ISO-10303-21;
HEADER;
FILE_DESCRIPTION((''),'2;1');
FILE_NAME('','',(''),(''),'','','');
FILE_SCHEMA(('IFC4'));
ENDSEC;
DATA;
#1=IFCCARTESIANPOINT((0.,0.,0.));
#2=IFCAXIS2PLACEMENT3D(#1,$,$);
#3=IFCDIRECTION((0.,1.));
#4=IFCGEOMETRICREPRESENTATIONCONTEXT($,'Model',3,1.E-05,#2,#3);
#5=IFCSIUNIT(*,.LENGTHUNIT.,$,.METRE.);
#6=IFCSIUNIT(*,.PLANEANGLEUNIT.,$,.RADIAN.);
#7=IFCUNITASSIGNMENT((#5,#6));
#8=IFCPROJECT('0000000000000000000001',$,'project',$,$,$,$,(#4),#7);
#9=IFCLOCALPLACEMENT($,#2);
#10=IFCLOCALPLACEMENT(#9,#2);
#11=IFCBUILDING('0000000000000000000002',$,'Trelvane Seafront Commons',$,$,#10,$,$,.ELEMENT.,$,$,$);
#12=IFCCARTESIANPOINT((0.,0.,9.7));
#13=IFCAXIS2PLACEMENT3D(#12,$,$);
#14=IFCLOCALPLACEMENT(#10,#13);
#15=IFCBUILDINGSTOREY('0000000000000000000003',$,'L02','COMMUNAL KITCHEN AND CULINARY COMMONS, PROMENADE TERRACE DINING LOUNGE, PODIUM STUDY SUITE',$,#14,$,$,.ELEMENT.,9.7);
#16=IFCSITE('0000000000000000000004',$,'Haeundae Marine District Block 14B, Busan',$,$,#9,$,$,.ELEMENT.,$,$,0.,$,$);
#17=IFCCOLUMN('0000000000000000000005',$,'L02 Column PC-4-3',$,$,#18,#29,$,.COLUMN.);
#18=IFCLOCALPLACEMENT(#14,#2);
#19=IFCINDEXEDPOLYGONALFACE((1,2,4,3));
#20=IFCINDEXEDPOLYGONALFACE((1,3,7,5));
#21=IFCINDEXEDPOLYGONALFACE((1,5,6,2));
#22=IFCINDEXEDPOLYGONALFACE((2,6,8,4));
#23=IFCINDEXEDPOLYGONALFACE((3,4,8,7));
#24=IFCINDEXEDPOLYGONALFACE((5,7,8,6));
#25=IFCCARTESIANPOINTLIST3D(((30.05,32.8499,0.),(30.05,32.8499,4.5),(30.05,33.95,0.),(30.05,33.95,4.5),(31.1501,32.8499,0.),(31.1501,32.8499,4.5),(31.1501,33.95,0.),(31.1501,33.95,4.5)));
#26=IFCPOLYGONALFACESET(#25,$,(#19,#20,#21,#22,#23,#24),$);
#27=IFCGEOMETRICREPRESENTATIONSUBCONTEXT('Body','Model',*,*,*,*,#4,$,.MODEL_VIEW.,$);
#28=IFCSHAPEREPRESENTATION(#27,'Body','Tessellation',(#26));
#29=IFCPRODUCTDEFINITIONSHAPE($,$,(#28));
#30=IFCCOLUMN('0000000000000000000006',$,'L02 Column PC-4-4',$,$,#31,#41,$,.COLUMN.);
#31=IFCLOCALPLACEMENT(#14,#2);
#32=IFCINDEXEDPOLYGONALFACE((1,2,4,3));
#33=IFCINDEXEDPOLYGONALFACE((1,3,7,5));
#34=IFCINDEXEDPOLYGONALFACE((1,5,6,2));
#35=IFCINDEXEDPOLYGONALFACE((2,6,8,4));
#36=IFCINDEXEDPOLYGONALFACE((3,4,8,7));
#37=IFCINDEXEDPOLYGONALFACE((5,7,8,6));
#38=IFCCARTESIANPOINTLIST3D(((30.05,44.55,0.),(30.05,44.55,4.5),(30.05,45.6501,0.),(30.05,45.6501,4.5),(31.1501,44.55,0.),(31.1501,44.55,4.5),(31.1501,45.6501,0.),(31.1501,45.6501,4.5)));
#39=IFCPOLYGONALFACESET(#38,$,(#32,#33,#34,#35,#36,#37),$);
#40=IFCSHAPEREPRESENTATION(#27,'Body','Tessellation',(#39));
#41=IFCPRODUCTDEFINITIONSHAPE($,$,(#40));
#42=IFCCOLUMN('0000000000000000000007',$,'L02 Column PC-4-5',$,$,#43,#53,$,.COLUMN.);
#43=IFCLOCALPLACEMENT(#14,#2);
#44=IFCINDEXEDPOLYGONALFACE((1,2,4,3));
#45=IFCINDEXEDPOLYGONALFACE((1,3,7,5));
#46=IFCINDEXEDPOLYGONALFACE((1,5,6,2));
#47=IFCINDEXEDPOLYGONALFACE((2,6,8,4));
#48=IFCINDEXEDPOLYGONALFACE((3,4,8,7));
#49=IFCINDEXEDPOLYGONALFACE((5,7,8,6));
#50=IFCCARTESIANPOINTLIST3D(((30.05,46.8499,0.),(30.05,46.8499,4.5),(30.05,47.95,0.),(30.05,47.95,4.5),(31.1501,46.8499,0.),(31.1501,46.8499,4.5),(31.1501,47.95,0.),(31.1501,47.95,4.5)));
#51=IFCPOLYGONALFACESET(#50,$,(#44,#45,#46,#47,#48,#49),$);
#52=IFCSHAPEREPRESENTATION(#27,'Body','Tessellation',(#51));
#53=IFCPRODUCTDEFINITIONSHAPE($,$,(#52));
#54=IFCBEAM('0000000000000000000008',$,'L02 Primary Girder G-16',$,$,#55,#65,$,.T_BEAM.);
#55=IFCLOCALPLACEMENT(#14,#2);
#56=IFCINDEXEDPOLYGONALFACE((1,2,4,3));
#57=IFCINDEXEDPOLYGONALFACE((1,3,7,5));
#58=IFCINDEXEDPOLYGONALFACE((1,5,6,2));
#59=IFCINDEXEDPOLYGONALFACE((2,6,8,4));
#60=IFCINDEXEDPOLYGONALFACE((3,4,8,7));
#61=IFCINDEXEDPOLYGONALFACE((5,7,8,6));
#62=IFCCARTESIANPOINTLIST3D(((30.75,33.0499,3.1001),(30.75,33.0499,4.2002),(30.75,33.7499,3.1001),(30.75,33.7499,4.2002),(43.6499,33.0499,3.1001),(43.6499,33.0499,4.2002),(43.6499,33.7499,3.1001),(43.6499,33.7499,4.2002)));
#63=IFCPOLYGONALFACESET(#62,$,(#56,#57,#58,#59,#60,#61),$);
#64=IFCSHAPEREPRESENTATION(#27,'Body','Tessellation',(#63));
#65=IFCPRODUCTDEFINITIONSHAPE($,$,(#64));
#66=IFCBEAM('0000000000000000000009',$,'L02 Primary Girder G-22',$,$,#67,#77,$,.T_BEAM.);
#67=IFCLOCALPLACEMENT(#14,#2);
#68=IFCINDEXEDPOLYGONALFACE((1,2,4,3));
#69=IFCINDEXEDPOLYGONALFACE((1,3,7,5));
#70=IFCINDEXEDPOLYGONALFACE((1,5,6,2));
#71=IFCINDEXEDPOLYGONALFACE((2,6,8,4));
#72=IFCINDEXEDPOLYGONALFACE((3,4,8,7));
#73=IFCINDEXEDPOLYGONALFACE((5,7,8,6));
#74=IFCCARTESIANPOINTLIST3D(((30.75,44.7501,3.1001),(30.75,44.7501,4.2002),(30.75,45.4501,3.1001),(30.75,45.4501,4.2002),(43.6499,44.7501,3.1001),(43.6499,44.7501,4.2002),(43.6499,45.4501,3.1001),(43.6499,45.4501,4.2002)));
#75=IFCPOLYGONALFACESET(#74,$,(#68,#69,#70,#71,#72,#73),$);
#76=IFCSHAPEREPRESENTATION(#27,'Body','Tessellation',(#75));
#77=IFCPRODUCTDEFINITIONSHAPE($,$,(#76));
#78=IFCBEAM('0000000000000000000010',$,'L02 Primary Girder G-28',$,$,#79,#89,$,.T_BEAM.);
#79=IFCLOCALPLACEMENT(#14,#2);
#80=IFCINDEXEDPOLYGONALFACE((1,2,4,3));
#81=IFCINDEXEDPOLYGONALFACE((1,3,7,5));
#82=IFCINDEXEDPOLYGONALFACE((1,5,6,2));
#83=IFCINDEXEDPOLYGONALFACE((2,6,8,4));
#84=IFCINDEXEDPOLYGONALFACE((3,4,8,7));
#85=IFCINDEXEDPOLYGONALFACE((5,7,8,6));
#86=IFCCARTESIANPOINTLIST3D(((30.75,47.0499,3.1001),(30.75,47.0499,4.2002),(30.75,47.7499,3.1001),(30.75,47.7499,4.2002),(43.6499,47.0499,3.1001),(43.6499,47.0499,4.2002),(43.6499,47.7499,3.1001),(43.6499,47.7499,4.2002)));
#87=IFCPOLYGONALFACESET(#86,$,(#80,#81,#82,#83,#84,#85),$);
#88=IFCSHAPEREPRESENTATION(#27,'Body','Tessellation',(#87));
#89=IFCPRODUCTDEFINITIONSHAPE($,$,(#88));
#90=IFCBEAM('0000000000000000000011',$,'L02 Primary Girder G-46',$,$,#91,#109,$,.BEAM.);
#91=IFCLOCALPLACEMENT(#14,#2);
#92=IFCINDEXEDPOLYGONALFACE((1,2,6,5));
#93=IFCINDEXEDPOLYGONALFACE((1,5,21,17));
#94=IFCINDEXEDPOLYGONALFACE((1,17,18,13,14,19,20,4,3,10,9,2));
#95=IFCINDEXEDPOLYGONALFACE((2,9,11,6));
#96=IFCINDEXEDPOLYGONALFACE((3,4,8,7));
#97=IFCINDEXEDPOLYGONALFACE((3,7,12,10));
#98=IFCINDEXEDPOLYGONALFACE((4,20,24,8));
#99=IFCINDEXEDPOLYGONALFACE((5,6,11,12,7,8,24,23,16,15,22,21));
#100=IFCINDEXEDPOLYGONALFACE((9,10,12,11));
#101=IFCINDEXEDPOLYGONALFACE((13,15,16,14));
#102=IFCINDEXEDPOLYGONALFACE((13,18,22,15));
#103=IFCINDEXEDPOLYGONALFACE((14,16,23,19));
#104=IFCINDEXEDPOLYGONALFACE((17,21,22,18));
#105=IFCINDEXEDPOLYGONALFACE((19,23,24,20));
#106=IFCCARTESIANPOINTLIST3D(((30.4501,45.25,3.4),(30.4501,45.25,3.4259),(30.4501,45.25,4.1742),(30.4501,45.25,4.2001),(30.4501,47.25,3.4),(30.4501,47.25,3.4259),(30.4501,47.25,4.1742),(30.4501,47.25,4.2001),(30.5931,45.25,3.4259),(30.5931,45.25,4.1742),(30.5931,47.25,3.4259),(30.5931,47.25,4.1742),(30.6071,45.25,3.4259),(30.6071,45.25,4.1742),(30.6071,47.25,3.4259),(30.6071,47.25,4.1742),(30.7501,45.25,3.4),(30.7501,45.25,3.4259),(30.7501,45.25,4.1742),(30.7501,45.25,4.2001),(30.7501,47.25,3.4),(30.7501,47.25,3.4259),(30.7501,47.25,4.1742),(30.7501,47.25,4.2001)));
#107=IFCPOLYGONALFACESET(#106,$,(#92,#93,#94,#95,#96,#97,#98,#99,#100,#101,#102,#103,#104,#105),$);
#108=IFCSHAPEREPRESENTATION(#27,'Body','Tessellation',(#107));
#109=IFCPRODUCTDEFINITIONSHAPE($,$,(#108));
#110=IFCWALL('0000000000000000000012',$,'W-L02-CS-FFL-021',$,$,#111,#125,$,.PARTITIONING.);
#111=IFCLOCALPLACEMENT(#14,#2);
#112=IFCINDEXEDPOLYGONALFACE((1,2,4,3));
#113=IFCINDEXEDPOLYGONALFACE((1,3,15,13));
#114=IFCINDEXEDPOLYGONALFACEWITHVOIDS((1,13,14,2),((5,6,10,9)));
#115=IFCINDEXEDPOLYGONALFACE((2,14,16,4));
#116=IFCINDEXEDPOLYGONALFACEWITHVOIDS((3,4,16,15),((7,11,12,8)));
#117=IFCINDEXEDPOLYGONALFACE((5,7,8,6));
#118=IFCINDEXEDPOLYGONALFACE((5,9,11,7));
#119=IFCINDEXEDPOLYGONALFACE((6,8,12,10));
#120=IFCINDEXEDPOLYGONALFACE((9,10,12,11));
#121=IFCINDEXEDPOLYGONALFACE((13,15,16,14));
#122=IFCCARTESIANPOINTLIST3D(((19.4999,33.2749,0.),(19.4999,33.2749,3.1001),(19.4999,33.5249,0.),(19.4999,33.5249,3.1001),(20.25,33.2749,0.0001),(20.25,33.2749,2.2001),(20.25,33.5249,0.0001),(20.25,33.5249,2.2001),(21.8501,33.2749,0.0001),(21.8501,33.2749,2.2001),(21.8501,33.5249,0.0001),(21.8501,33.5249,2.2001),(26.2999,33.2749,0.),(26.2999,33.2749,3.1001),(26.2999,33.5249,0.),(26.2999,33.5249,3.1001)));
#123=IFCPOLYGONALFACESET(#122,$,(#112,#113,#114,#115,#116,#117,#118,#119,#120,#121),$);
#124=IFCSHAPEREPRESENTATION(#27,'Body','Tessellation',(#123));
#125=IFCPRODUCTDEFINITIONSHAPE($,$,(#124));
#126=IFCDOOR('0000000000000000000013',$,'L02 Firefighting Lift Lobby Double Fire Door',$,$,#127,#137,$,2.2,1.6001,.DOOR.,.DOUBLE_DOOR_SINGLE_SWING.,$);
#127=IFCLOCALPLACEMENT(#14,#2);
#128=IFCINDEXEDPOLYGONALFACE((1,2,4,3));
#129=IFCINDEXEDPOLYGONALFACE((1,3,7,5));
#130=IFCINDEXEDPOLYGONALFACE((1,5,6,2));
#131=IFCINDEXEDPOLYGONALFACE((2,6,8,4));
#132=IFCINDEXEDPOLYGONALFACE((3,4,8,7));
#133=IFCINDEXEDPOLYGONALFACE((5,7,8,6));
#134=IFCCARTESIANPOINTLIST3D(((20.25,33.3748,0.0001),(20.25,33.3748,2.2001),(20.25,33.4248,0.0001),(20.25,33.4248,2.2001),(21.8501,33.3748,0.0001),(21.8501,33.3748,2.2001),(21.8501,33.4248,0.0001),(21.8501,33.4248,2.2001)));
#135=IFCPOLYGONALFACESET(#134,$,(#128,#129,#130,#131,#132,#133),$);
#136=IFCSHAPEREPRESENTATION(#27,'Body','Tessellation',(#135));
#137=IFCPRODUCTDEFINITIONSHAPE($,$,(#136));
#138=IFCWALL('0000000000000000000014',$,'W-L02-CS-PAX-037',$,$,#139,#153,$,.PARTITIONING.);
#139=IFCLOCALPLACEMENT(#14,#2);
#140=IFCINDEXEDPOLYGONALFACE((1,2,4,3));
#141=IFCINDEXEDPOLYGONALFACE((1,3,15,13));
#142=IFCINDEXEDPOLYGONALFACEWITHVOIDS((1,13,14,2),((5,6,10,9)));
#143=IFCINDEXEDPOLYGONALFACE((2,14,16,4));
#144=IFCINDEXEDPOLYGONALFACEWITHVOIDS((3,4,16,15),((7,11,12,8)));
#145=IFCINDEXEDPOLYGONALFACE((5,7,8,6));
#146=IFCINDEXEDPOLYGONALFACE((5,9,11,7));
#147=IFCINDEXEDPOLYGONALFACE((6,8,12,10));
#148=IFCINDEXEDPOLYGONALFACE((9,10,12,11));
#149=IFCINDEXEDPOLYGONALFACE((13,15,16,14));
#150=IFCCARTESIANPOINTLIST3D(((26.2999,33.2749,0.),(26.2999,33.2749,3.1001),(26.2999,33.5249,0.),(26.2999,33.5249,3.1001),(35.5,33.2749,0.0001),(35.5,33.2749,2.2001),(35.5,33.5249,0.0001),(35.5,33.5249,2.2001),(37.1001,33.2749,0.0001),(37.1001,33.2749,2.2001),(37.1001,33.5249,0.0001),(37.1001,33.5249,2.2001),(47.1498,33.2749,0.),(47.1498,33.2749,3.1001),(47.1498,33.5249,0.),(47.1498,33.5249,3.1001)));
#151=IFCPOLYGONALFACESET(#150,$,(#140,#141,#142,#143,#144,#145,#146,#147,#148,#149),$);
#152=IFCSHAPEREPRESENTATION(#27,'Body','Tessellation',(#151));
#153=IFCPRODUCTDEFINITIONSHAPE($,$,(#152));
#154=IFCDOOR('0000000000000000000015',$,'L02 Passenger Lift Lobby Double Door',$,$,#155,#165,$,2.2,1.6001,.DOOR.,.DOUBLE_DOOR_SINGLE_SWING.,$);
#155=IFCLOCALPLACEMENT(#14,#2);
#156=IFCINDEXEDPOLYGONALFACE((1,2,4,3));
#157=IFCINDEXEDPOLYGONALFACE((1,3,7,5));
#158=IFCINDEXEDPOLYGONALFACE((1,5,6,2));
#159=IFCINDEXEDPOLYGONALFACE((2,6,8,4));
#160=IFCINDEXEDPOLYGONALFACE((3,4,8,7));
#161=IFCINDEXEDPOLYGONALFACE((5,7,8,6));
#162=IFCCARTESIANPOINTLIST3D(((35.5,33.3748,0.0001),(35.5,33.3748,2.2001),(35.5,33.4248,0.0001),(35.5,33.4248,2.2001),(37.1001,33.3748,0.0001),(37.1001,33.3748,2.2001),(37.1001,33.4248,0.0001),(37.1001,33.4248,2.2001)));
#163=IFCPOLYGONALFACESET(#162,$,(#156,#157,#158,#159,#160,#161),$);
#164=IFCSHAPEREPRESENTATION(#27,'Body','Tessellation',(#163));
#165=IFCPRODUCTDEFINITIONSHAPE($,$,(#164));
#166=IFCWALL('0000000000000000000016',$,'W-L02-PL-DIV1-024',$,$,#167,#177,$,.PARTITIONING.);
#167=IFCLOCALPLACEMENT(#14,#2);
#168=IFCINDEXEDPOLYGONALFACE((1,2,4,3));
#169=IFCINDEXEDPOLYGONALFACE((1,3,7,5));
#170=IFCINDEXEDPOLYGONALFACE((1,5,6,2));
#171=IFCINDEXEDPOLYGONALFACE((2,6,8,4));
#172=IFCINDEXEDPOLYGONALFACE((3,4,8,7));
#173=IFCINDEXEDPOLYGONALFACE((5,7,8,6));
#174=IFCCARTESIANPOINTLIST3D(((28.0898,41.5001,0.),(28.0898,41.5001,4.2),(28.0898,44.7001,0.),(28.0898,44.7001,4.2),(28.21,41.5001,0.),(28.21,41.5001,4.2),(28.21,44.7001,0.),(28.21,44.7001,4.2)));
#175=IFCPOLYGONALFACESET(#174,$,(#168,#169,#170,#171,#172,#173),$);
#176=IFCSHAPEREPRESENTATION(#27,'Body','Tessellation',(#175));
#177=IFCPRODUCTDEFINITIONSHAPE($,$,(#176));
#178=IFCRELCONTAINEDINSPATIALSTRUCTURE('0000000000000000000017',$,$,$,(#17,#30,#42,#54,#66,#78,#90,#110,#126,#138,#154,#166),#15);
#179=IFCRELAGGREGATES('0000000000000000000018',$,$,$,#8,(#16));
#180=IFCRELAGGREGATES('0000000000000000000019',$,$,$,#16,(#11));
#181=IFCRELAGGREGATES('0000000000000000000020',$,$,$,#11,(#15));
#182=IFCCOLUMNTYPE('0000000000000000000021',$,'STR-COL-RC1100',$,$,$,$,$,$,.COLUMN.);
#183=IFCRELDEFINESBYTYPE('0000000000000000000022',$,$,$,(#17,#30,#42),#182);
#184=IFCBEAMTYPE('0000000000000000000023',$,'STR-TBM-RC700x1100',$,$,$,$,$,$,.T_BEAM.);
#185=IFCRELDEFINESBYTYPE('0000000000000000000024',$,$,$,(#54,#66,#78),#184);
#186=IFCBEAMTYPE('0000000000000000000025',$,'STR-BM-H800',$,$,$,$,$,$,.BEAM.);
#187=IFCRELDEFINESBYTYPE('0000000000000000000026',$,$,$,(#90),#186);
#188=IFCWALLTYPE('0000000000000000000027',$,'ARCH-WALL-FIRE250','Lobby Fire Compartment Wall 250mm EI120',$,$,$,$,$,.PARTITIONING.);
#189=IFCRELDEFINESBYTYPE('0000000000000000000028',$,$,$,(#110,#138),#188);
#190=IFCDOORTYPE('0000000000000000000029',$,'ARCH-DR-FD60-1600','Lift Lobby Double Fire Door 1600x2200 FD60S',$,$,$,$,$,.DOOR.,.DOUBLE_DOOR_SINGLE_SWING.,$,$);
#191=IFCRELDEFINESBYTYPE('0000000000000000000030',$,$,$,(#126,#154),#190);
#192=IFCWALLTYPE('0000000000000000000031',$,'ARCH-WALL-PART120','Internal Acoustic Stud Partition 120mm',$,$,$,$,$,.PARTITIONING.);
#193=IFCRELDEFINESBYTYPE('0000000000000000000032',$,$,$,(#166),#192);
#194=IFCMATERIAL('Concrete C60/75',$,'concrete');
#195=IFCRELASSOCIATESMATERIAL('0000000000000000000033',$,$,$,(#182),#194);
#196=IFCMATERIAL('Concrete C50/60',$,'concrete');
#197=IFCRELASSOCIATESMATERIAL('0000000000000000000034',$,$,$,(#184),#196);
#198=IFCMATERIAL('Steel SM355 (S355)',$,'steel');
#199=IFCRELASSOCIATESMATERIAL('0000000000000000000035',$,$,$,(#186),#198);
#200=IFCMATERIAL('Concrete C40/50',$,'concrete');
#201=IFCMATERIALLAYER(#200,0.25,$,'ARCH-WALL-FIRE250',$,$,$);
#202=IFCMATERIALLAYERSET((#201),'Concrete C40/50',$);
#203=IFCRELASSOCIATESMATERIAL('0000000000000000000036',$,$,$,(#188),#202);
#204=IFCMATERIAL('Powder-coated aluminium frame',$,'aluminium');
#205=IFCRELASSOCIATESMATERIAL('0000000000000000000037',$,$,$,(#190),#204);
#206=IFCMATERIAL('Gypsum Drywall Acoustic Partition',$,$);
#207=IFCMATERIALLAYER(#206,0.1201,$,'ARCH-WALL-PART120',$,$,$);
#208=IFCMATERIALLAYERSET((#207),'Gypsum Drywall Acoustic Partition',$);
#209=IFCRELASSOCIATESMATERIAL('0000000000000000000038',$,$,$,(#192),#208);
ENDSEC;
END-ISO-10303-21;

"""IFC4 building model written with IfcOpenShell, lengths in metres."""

from ifc_helpers import new_model, si_unit, direction, frame, frame_2d, origin, origin_2d, place, context, subcontext, project, spatial, rectangle, i_section, extrude, source, transform, mapped, material, layer, layer_set, material_profile, profile_set, type_object, element, fill, save


model = new_model("IFC4")

# Units and contexts
model_context = context("Model", 3, precision=1e-05, world=origin(), true_north=direction((0.0, 1.0)))
body_context = subcontext(model_context, "Body", "Model", "MODEL_VIEW")
ifc_project = project(units=[si_unit("LENGTHUNIT", "METRE"), si_unit("PLANEANGLEUNIT", "RADIAN")], contexts=[model_context])

# Site, building, storey
site_placement = place(None, origin())
site = spatial("IfcSite", under=ifc_project, at=site_placement, Name="Haeundae Marine District Block 14B, Busan", CompositionType="ELEMENT", RefElevation=0.0)
building_placement = place(site_placement, origin())
building = spatial("IfcBuilding", under=site, at=building_placement, Name="Trelvane Seafront Commons", CompositionType="ELEMENT")
storey_placement = place(building_placement, frame((0.0, 0.0, 9.7)))
storey = spatial("IfcBuildingStorey", under=building, at=storey_placement, Name="L02", Description="COMMUNAL KITCHEN AND CULINARY COMMONS, PROMENADE TERRACE DINING LOUNGE, PODIUM STUDY SUITE", CompositionType="ELEMENT", Elevation=9.7)

# Columns
ifc_material_1 = material(Name="Concrete C60/75", Category="concrete")
ifc_material_profile_1 = material_profile(ifc_material_1, rectangle(XDim=1.1001, YDim=1.1001, at=origin_2d()), Name="RC-1100x1100")
ifc_profile_set_1 = profile_set([ifc_material_profile_1], Name="Concrete C60/75")
column_type = type_object("IfcColumnType", Name="STR-COL-RC1100", PredefinedType="COLUMN", material=ifc_profile_set_1)
shared_shape_1 = source(origin(), body_context, "Body", "SweptSolid", [
    extrude(rectangle(XDim=1.1001, YDim=1.1001, at=origin_2d()), origin(), (0.0, 0.0, 1.0), 4.5),
])
for number, where, z_axis, x_axis, name in (
    (1, (30.6001, 33.3999, 0.0), (0.0, 0.0, 1.0), (1.0, 0.0, 0.0), "L02 Column PC-4-3"),
    (2, (30.6001, 45.1001, 0.0), (0.0, 0.0, 1.0), (1.0, 0.0, 0.0), "L02 Column PC-4-4"),
    (3, (30.6001, 47.3999, 0.0), (0.0, 0.0, 1.0), (1.0, 0.0, 0.0), "L02 Column PC-4-5"),
):
    element("IfcColumn", number, at=place(storey_placement, frame(where, z_axis=z_axis, x_axis=x_axis)), inside=storey, type_object=column_type, Name=name, PredefinedType="COLUMN", context=body_context, shape_type="MappedRepresentation", body=[
        mapped(shared_shape_1, transform((0.0, 0.0, 0.0), x_axis=(1.0, 0.0, 0.0), y_axis=(0.0, 1.0, 0.0), z_axis=(0.0, 0.0, 1.0), scale=1.0)),
    ])

# Beams
ifc_material_2 = material(Name="Concrete C50/60", Category="concrete")
ifc_material_profile_2 = material_profile(ifc_material_2, rectangle(XDim=0.7, YDim=1.1001, at=origin_2d()), Name="RC-700x1100")
ifc_profile_set_2 = profile_set([ifc_material_profile_2], Name="Concrete C50/60")
beam_type_1 = type_object("IfcBeamType", Name="STR-TBM-RC700x1100", PredefinedType="T_BEAM", material=ifc_profile_set_2)
shared_shape_2 = source(origin(), body_context, "Body", "SweptSolid", [
    extrude(rectangle(XDim=0.7, YDim=1.1001, at=origin_2d()), origin(), (0.0, 0.0, 1.0), 12.8999),
])
for number, where, z_axis, x_axis, name in (
    (4, (30.75, 33.3999, 3.6501), (1.0, 0.0, 0.0), (0.0, 1.0, 0.0), "L02 Primary Girder G-16"),
    (5, (30.75, 45.1001, 3.6501), (1.0, 0.0, 0.0), (0.0, 1.0, 0.0), "L02 Primary Girder G-22"),
    (6, (30.75, 47.3999, 3.6501), (1.0, 0.0, 0.0), (0.0, 1.0, 0.0), "L02 Primary Girder G-28"),
):
    element("IfcBeam", number, at=place(storey_placement, frame(where, z_axis=z_axis, x_axis=x_axis)), inside=storey, type_object=beam_type_1, Name=name, PredefinedType="T_BEAM", context=body_context, shape_type="MappedRepresentation", body=[
        mapped(shared_shape_2, transform((0.0, 0.0, 0.0), x_axis=(1.0, 0.0, 0.0), y_axis=(0.0, 1.0, 0.0), z_axis=(0.0, 0.0, 1.0), scale=1.0)),
    ])
ifc_material_3 = material(Name="Steel SM355 (S355)", Category="steel")
ifc_material_profile_3 = material_profile(ifc_material_3, i_section(OverallWidth=0.3, OverallDepth=0.8, WebThickness=0.0139, FlangeThickness=0.0259, at=origin_2d()), Name="H-800x300x14x26")
ifc_profile_set_3 = profile_set([ifc_material_profile_3], Name="Steel SM355 (S355)")
beam_type_2 = type_object("IfcBeamType", Name="STR-BM-H800", PredefinedType="BEAM", material=ifc_profile_set_3)
shared_shape_3 = source(origin(), body_context, "Body", "SweptSolid", [
    extrude(i_section(OverallWidth=0.3, OverallDepth=0.8, WebThickness=0.0139, FlangeThickness=0.0259, at=origin_2d()), origin(), (0.0, 0.0, 1.0), 2.0),
])
beam_placement = place(storey_placement, frame((30.6001, 45.25, 3.8), z_axis=(0.0, 1.0, 0.0), x_axis=(-1.0, 0.0, 0.0)))
element("IfcBeam", 7, at=beam_placement, inside=storey, type_object=beam_type_2, Name="L02 Primary Girder G-46", PredefinedType="BEAM", context=body_context, shape_type="MappedRepresentation", body=[
    mapped(shared_shape_3, transform((0.0, 0.0, 0.0), x_axis=(1.0, 0.0, 0.0), y_axis=(0.0, 1.0, 0.0), z_axis=(0.0, 0.0, 1.0), scale=1.0)),
])

# Walls, openings, doors
ifc_material_4 = material(Name="Concrete C40/50", Category="concrete")
ifc_layer_1 = layer(ifc_material_4, 0.25, Name="ARCH-WALL-FIRE250")
ifc_layer_set_1 = layer_set([ifc_layer_1], Name="Concrete C40/50")
wall_type_1 = type_object("IfcWallType", Name="ARCH-WALL-FIRE250", Description="Lobby Fire Compartment Wall 250mm EI120", PredefinedType="PARTITIONING", material=ifc_layer_set_1)
wall_1_placement = place(storey_placement, frame((19.5, 33.3999, 0.0), z_axis=(0.0, 0.0, 1.0), x_axis=(1.0, 0.0, 0.0)))
wall_1 = element("IfcWall", 8, at=wall_1_placement, inside=storey, type_object=wall_type_1, Name="W-L02-CS-FFL-021", PredefinedType="PARTITIONING", context=body_context, shape_type="SweptSolid", body=[
    extrude(rectangle(XDim=6.8, YDim=0.25, at=frame_2d((3.3999, 0.0))), origin(), (0.0, 0.0, 1.0), 3.1001),
])
opening_1_placement = place(wall_1_placement, frame((0.75, 0.0, 0.0)))
opening_1 = element("IfcOpeningElement", 9, at=opening_1_placement, cuts=wall_1, PredefinedType="OPENING", context=body_context, shape_type="SweptSolid", body=[
    extrude(rectangle(XDim=1.6001, YDim=2.2, at=frame_2d((0.8, 1.1001))), frame((0.0, 0.135, 0.0), z_axis=(0.0, -1.0, 0.0), x_axis=(1.0, 0.0, 0.0)), (0.0, 0.0, 1.0), 0.27),
])
ifc_material_5 = material(Name="Powder-coated aluminium frame", Category="aluminium")
door_type_1 = type_object("IfcDoorType", Name="ARCH-DR-FD60-1600", Description="Lift Lobby Double Fire Door 1600x2200 FD60S", OperationType="DOUBLE_DOOR_SINGLE_SWING", PredefinedType="DOOR", material=ifc_material_5)
shared_shape_4 = source(origin(), body_context, "Body", "SweptSolid", [
    extrude(rectangle(XDim=1.6001, YDim=2.2, at=frame_2d((0.8, 1.1001))), frame((0.0, 0.0249, 0.0), z_axis=(0.0, -1.0, 0.0), x_axis=(1.0, 0.0, 0.0)), (0.0, 0.0, 1.0), 0.05),
])
door_1_placement = place(opening_1_placement, origin())
door_1 = element("IfcDoor", 10, at=door_1_placement, inside=storey, type_object=door_type_1, Name="L02 Firefighting Lift Lobby Double Fire Door", OperationType="DOUBLE_DOOR_SINGLE_SWING", OverallHeight=2.2, OverallWidth=1.6001, PredefinedType="DOOR", context=body_context, shape_type="MappedRepresentation", body=[
    mapped(shared_shape_4, transform((0.0, 0.0, 0.0), x_axis=(1.0, 0.0, 0.0), y_axis=(0.0, 1.0, 0.0), z_axis=(0.0, 0.0, 1.0), scale=1.0)),
])
fill(opening_1, door_1)
wall_2_placement = place(storey_placement, frame((26.3, 33.3999, 0.0), z_axis=(0.0, 0.0, 1.0), x_axis=(1.0, 0.0, 0.0)))
wall_2 = element("IfcWall", 11, at=wall_2_placement, inside=storey, type_object=wall_type_1, Name="W-L02-CS-PAX-037", PredefinedType="PARTITIONING", context=body_context, shape_type="SweptSolid", body=[
    extrude(rectangle(XDim=20.8499, YDim=0.25, at=frame_2d((10.4248, 0.0))), origin(), (0.0, 0.0, 1.0), 3.1001),
])
opening_2_placement = place(wall_2_placement, frame((9.2, 0.0, 0.0)))
opening_2 = element("IfcOpeningElement", 12, at=opening_2_placement, cuts=wall_2, PredefinedType="OPENING", context=body_context, shape_type="SweptSolid", body=[
    extrude(rectangle(XDim=1.6001, YDim=2.2, at=frame_2d((0.8, 1.1001))), frame((0.0, 0.135, 0.0), z_axis=(0.0, -1.0, 0.0), x_axis=(1.0, 0.0, 0.0)), (0.0, 0.0, 1.0), 0.27),
])
door_2_placement = place(opening_2_placement, origin())
door_2 = element("IfcDoor", 13, at=door_2_placement, inside=storey, type_object=door_type_1, Name="L02 Passenger Lift Lobby Double Door", OperationType="DOUBLE_DOOR_SINGLE_SWING", OverallHeight=2.2, OverallWidth=1.6001, PredefinedType="DOOR", context=body_context, shape_type="MappedRepresentation", body=[
    mapped(shared_shape_4, transform((0.0, 0.0, 0.0), x_axis=(1.0, 0.0, 0.0), y_axis=(0.0, 1.0, 0.0), z_axis=(0.0, 0.0, 1.0), scale=1.0)),
])
fill(opening_2, door_2)

# Wall
ifc_material_6 = material(Name="Gypsum Drywall Acoustic Partition")
ifc_layer_2 = layer(ifc_material_6, 0.1201, Name="ARCH-WALL-PART120")
ifc_layer_set_2 = layer_set([ifc_layer_2], Name="Gypsum Drywall Acoustic Partition")
wall_type_2 = type_object("IfcWallType", Name="ARCH-WALL-PART120", Description="Internal Acoustic Stud Partition 120mm", PredefinedType="PARTITIONING", material=ifc_layer_set_2)
for number, where, z_axis, x_axis, name in (
    (14, (28.1499, 41.5, 0.0), (0.0, 0.0, 1.0), (0.0, 1.0, 0.0), "W-L02-PL-DIV1-024"),
):
    element("IfcWall", number, at=place(storey_placement, frame(where, z_axis=z_axis, x_axis=x_axis)), inside=storey, type_object=wall_type_2, Name=name, PredefinedType="PARTITIONING", context=body_context, shape_type="SweptSolid", body=[
        extrude(rectangle(XDim=3.2, YDim=0.1201, at=frame_2d((1.6001, 0.0))), origin(), (0.0, 0.0, 1.0), 4.2),
    ])

save(model, "model.ifc")
